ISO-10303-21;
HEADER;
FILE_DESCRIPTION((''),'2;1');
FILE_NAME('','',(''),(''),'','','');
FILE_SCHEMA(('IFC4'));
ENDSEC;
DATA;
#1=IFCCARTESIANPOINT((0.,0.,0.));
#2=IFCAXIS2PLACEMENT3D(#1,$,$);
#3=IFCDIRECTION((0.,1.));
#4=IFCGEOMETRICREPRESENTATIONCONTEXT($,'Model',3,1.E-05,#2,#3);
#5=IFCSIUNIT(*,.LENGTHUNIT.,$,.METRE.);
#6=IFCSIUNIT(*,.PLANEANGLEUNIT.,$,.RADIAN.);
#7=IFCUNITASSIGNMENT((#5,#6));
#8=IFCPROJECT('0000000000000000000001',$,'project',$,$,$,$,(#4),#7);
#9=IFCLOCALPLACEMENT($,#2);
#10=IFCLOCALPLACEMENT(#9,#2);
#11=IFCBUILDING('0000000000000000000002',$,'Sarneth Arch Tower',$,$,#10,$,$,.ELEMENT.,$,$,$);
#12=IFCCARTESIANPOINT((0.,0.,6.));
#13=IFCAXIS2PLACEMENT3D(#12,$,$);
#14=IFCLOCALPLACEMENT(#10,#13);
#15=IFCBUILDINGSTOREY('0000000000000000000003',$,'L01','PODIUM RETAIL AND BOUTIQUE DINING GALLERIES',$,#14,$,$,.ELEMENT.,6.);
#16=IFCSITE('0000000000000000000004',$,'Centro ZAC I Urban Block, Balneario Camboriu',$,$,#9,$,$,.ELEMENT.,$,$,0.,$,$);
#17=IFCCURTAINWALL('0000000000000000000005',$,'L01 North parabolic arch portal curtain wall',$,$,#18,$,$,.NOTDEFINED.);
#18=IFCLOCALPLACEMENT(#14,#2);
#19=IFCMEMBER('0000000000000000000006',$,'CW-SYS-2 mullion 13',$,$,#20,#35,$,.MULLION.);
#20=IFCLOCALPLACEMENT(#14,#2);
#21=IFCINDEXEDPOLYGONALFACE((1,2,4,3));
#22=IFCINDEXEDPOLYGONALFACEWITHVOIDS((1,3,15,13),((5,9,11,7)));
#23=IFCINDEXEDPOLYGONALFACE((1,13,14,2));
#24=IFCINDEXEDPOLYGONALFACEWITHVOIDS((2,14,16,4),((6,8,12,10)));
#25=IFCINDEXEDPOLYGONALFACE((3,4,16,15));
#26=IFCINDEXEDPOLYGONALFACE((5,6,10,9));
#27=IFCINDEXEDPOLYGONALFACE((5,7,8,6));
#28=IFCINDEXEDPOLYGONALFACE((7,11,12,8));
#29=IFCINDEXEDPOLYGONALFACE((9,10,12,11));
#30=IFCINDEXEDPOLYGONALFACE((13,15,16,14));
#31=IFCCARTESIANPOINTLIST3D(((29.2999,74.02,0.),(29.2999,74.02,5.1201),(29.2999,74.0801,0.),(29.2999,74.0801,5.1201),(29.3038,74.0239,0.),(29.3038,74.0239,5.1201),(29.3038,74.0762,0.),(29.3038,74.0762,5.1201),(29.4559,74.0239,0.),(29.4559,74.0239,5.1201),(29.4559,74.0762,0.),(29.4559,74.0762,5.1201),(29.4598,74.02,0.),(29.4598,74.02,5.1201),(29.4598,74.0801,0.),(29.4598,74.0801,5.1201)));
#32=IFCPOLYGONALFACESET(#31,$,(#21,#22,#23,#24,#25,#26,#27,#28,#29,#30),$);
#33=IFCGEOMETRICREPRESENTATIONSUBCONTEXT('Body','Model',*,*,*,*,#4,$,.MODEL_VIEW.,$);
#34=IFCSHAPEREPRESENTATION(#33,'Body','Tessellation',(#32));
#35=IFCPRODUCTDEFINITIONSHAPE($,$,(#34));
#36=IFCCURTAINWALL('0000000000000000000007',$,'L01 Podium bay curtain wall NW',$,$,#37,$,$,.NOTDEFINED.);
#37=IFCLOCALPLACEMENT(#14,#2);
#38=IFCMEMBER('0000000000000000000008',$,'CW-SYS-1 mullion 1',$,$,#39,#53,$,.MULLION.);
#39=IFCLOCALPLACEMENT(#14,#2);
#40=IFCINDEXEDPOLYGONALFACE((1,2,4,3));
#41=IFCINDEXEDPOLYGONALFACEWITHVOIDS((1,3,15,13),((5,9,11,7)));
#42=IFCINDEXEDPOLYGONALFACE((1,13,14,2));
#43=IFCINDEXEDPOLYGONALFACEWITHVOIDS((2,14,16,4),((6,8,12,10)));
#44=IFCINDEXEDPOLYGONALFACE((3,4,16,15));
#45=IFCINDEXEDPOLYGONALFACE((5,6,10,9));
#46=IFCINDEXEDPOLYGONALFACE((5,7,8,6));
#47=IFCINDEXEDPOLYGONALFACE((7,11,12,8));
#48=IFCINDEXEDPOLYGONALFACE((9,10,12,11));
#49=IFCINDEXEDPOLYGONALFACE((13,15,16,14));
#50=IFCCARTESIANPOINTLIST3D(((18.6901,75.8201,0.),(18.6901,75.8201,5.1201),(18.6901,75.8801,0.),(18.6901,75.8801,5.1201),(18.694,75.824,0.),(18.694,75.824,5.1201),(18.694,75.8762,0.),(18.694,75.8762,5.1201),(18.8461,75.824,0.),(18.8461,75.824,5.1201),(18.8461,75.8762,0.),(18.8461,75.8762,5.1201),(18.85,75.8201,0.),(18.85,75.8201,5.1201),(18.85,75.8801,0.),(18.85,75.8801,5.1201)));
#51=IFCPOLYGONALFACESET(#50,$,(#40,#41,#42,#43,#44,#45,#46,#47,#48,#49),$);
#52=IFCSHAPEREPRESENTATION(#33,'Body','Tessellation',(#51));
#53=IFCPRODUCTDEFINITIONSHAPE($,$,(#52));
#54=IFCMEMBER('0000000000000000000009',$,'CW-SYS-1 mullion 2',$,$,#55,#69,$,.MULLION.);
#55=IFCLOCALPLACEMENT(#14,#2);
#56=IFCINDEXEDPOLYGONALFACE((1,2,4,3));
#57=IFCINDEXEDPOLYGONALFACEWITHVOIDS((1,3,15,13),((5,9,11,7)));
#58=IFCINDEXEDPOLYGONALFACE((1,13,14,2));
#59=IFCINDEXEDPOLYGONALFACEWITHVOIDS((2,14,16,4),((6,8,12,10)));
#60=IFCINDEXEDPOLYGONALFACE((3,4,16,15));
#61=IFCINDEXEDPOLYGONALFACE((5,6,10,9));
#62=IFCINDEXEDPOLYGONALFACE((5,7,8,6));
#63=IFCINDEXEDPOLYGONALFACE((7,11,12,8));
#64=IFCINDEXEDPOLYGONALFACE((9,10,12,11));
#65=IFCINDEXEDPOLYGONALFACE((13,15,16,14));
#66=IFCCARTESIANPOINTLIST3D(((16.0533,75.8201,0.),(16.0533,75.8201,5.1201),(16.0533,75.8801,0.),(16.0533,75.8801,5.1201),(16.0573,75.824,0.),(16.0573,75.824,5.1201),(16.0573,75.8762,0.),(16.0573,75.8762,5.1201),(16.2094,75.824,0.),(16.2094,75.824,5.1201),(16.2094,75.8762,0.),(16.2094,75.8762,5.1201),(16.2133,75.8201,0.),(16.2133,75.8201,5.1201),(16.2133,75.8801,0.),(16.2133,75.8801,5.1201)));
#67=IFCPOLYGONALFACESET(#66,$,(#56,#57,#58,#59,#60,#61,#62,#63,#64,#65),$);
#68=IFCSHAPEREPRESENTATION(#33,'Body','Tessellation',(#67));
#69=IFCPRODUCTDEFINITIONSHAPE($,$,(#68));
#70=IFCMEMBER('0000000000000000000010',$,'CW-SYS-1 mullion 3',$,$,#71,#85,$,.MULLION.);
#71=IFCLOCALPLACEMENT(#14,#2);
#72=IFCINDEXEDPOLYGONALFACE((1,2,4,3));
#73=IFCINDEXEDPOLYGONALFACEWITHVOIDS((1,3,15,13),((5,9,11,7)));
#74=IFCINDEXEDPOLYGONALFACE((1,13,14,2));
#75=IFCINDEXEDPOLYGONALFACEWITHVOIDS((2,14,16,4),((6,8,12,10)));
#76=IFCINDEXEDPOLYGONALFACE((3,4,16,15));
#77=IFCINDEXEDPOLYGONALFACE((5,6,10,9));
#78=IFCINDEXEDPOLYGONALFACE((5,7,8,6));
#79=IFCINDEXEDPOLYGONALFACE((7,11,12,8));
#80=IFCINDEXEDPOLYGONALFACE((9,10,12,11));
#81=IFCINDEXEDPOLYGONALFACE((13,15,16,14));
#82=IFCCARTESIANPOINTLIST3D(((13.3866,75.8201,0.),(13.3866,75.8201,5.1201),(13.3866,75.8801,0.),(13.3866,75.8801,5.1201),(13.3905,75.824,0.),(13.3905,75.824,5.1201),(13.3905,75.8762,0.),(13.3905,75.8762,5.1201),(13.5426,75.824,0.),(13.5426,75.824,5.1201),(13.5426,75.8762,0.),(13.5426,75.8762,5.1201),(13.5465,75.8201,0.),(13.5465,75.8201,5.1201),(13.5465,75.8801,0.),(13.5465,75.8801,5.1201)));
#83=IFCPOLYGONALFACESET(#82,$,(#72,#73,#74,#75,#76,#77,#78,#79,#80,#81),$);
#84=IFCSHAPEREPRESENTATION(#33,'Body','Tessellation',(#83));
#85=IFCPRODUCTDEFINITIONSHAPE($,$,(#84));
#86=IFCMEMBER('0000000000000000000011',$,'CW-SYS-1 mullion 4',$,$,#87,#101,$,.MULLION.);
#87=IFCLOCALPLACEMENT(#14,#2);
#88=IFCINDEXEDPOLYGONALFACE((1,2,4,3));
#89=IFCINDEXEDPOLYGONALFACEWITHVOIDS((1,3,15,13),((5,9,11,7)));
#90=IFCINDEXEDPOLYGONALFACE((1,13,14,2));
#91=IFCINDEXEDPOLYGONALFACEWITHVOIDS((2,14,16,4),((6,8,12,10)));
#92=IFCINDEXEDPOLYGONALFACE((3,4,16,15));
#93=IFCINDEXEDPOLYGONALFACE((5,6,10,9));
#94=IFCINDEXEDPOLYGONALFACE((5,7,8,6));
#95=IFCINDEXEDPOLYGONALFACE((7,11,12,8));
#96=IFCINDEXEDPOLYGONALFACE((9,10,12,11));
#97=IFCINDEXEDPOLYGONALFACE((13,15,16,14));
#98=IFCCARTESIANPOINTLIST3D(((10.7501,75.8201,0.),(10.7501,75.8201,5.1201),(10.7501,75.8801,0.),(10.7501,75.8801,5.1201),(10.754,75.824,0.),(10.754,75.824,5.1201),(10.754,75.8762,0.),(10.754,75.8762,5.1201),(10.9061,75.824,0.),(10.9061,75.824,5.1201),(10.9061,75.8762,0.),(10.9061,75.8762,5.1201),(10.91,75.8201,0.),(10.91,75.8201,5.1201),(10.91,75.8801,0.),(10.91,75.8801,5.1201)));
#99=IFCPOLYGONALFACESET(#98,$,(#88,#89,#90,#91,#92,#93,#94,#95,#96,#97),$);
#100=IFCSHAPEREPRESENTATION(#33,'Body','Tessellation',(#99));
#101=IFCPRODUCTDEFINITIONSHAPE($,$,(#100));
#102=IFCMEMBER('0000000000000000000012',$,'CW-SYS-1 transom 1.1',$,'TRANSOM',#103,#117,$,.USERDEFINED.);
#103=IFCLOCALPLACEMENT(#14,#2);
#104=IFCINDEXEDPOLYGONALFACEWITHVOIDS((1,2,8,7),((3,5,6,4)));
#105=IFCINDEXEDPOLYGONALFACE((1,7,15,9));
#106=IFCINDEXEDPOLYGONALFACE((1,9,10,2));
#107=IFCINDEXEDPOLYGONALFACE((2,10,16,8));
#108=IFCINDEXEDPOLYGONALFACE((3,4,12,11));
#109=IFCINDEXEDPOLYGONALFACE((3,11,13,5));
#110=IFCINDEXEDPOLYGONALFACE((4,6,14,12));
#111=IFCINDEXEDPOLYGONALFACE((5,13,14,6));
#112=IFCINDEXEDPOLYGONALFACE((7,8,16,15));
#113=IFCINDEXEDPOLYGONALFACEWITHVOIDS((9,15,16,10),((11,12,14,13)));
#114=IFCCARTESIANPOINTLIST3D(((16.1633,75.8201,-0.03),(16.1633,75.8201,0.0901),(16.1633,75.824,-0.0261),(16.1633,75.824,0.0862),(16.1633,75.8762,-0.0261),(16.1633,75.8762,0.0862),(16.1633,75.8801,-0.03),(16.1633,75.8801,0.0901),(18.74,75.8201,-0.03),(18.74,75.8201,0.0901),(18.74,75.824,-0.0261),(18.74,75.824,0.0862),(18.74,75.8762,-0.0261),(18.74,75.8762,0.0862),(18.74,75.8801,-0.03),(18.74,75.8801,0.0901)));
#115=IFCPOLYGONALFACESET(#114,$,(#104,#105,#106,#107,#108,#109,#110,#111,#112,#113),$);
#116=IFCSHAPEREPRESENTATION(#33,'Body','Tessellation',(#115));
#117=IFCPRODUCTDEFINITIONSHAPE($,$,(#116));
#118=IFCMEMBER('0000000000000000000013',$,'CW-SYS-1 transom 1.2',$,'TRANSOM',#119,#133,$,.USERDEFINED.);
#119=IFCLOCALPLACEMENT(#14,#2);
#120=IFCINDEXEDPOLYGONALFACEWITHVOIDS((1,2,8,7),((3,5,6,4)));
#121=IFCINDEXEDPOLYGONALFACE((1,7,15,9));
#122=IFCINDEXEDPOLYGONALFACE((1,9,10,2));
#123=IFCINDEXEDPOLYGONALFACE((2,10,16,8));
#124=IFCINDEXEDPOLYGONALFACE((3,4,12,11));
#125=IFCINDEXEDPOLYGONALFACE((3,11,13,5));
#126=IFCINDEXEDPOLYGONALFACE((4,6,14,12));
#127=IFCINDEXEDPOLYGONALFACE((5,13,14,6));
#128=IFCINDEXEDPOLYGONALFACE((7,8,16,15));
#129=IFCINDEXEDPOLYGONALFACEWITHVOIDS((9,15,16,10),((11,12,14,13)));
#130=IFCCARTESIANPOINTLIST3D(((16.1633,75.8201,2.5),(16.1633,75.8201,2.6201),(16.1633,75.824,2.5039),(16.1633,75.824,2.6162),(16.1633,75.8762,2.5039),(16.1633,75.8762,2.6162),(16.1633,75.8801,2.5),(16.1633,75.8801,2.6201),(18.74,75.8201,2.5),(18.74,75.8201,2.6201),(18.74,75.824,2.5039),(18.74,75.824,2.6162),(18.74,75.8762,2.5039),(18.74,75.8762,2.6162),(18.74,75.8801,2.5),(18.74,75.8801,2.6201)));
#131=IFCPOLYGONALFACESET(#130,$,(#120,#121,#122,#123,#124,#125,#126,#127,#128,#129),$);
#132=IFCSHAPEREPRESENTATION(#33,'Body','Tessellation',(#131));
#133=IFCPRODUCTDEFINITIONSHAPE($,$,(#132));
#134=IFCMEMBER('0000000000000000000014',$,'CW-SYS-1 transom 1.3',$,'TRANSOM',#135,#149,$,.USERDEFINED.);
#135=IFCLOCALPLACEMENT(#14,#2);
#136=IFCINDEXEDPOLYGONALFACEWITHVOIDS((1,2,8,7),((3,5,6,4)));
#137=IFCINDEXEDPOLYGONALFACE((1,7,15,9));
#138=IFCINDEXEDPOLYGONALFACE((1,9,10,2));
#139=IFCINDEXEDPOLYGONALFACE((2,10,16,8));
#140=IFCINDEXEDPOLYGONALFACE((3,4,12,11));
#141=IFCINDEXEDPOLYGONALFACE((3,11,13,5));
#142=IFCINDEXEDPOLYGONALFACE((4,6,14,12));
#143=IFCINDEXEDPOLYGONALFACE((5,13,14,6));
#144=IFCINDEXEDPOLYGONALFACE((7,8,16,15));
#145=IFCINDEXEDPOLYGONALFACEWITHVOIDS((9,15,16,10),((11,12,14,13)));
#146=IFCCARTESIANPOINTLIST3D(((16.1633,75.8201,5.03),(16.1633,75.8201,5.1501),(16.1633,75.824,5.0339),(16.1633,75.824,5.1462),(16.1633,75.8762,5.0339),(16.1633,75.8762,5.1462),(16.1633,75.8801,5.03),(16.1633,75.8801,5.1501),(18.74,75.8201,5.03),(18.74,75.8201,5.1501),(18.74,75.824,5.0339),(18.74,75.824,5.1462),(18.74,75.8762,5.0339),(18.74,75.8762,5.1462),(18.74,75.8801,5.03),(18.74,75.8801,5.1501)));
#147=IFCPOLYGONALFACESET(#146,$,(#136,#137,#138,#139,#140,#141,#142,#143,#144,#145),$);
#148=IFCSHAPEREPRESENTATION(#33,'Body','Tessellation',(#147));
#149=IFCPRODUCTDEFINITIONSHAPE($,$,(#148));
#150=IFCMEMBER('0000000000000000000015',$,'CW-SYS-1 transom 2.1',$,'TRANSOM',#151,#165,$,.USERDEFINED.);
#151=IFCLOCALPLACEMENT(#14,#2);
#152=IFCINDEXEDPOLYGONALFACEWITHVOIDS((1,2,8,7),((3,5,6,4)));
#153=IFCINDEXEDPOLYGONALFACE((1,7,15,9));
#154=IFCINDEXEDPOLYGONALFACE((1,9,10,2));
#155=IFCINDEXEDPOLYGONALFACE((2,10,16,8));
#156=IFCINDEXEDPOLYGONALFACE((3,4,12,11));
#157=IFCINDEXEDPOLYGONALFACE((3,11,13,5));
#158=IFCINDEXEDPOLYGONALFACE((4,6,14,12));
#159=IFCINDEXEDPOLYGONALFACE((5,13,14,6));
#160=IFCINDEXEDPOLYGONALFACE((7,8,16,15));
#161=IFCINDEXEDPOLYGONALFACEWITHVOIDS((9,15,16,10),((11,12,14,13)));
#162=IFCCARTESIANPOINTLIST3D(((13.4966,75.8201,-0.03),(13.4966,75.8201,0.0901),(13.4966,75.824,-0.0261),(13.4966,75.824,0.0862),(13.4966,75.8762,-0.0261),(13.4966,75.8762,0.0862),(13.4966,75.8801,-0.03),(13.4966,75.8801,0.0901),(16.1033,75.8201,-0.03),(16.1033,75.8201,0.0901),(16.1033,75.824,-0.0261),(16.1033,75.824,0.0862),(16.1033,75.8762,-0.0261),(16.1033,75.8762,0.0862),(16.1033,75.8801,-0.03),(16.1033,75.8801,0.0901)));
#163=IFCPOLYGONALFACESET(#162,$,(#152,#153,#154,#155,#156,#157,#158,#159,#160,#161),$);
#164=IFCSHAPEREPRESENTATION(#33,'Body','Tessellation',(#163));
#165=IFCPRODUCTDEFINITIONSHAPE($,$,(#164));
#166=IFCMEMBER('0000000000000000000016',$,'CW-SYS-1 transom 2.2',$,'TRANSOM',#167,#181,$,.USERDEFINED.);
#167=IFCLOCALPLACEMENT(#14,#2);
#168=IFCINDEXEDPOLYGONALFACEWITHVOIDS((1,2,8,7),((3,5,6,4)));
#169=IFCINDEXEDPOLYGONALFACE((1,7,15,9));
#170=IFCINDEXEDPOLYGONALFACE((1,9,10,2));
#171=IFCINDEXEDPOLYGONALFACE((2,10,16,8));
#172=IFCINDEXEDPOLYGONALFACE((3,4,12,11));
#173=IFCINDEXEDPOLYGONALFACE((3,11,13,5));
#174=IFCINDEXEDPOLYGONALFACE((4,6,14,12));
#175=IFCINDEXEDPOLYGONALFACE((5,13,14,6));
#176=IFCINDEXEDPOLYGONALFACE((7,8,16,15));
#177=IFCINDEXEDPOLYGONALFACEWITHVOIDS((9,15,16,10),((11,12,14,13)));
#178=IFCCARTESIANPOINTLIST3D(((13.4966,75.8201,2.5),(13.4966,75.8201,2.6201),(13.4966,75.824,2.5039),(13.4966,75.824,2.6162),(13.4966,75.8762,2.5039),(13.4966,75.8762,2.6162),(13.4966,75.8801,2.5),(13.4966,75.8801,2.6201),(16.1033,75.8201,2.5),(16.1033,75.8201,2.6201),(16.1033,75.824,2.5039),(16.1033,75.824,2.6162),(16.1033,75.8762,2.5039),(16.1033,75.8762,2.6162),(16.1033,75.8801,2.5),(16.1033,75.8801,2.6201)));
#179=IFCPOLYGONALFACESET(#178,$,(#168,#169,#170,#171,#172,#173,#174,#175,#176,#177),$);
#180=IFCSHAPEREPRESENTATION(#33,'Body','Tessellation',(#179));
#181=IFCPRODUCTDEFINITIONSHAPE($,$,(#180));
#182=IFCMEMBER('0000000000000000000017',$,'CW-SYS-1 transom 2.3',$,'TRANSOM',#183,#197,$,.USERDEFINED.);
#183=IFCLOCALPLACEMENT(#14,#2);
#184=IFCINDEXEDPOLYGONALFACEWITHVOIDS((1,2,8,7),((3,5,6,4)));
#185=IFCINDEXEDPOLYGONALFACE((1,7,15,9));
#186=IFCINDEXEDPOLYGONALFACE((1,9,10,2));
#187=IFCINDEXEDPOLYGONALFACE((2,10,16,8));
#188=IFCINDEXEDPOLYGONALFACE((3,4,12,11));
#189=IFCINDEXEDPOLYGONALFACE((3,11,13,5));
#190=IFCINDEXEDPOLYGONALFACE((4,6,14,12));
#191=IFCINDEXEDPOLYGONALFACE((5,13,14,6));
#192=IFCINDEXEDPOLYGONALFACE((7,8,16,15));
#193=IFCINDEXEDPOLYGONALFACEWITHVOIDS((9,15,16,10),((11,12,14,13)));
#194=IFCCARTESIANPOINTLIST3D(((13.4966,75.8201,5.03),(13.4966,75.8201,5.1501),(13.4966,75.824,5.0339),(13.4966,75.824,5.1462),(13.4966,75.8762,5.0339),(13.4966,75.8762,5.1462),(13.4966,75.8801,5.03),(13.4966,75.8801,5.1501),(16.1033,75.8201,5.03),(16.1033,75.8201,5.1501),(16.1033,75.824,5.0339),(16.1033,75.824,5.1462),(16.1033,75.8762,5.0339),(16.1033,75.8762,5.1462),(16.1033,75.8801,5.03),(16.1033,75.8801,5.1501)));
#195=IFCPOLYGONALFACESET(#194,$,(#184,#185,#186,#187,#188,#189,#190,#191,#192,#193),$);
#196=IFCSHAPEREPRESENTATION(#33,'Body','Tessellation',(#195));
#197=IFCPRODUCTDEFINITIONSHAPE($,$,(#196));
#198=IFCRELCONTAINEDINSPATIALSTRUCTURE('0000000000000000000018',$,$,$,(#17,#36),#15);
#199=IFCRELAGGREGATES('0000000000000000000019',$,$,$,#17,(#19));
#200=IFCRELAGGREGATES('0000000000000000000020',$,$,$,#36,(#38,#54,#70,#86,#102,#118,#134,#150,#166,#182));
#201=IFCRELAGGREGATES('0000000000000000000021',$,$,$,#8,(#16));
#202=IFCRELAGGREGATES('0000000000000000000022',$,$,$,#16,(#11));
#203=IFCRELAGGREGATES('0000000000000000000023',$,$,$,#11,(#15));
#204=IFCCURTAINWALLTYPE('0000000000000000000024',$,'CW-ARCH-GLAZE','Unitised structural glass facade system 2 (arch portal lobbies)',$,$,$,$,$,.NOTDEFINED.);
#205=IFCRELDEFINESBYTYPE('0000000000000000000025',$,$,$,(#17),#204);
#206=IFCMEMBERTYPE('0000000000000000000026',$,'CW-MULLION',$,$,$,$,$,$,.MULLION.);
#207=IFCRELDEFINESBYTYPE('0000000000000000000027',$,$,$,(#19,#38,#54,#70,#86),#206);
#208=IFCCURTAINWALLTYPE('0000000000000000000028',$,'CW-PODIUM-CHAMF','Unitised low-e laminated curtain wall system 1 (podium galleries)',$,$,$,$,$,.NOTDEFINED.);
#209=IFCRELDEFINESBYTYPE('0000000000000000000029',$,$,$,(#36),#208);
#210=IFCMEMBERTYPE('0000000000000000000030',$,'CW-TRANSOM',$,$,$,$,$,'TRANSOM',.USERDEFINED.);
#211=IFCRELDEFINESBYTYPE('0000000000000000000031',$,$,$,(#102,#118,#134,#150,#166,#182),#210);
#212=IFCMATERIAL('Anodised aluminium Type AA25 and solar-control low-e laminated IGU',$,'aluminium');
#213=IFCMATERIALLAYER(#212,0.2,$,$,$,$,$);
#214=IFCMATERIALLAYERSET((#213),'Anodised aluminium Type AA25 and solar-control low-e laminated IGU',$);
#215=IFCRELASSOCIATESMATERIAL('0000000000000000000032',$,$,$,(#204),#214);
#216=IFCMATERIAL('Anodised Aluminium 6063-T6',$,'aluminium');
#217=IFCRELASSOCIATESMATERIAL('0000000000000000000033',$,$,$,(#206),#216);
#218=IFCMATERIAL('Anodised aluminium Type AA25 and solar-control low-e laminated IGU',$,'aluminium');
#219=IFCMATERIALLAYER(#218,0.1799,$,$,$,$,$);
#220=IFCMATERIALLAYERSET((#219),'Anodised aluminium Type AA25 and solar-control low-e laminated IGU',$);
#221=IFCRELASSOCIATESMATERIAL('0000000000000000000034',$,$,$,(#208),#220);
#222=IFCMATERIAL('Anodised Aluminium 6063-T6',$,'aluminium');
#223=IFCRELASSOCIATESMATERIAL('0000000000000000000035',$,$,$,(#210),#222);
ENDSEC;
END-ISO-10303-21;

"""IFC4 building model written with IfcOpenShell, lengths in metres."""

from ifc_helpers import new_model, si_unit, direction, frame, origin, origin_2d, place, context, subcontext, project, spatial, hollow_rectangle, extrude, material, layer, layer_set, material_profile, profile_set, type_object, element, aggregate, save


model = new_model("IFC4")

# Units and contexts
model_context = context("Model", 3, precision=1e-05, world=origin(), true_north=direction((0.0, 1.0)))
body_context = subcontext(model_context, "Body", "Model", "MODEL_VIEW")
ifc_project = project(units=[si_unit("LENGTHUNIT", "METRE"), si_unit("PLANEANGLEUNIT", "RADIAN")], contexts=[model_context])

# Site, building, storey
site_placement = place(None, origin())
site = spatial("IfcSite", under=ifc_project, at=site_placement, Name="Centro ZAC I Urban Block, Balneario Camboriu", CompositionType="ELEMENT", RefElevation=0.0)
building_placement = place(site_placement, origin())
building = spatial("IfcBuilding", under=site, at=building_placement, Name="Sarneth Arch Tower", CompositionType="ELEMENT")
storey_placement = place(building_placement, frame((0.0, 0.0, 6.0)))
storey = spatial("IfcBuildingStorey", under=building, at=storey_placement, Name="L01", Description="PODIUM RETAIL AND BOUTIQUE DINING GALLERIES", CompositionType="ELEMENT", Elevation=6.0)

# Curtain wall, member
ifc_material_1 = material(Name="Anodised aluminium Type AA25 and solar-control low-e laminated IGU", Category="aluminium")
ifc_layer_1 = layer(ifc_material_1, 0.2)
ifc_layer_set_1 = layer_set([ifc_layer_1], Name="Anodised aluminium Type AA25 and solar-control low-e laminated IGU")
curtain_wall_type_1 = type_object("IfcCurtainWallType", Name="CW-ARCH-GLAZE", Description="Unitised structural glass facade system 2 (arch portal lobbies)", PredefinedType="NOTDEFINED", material=ifc_layer_set_1)
curtain_wall_1_placement = place(storey_placement, origin())
curtain_wall_1 = element("IfcCurtainWall", 1, at=curtain_wall_1_placement, inside=storey, type_object=curtain_wall_type_1, Name="L01 North parabolic arch portal curtain wall", PredefinedType="NOTDEFINED")
ifc_material_2 = material(Name="Anodised Aluminium 6063-T6", Category="aluminium")
ifc_material_profile_1 = material_profile(ifc_material_2, hollow_rectangle(XDim=0.0601, YDim=0.1599, WallThickness=0.0039, at=origin_2d()), Name="AL-MULL-160x60x4")
ifc_profile_set_1 = profile_set([ifc_material_profile_1], Name="Anodised Aluminium 6063-T6")
member_type_1 = type_object("IfcMemberType", Name="CW-MULLION", PredefinedType="MULLION", material=ifc_profile_set_1)
member_1_placement = place(storey_placement, frame((29.3799, 74.05, 0.0), z_axis=(0.0, 0.0, 1.0), x_axis=(0.0, -1.0, 0.0)))
member_1 = element("IfcMember", 2, at=member_1_placement, type_object=member_type_1, Name="CW-SYS-2 mullion 13", PredefinedType="MULLION", context=body_context, shape_type="SweptSolid", body=[
    extrude(hollow_rectangle(XDim=0.0601, YDim=0.1599, WallThickness=0.0039, at=origin_2d()), origin(), (0.0, 0.0, 1.0), 5.1201),
])
aggregate(curtain_wall_1, [member_1])

# Curtain wall, members
ifc_material_3 = material(Name="Anodised aluminium Type AA25 and solar-control low-e laminated IGU", Category="aluminium")
ifc_layer_2 = layer(ifc_material_3, 0.1799)
ifc_layer_set_2 = layer_set([ifc_layer_2], Name="Anodised aluminium Type AA25 and solar-control low-e laminated IGU")
curtain_wall_type_2 = type_object("IfcCurtainWallType", Name="CW-PODIUM-CHAMF", Description="Unitised low-e laminated curtain wall system 1 (podium galleries)", PredefinedType="NOTDEFINED", material=ifc_layer_set_2)
curtain_wall_2_placement = place(storey_placement, origin())
curtain_wall_2 = element("IfcCurtainWall", 3, at=curtain_wall_2_placement, inside=storey, type_object=curtain_wall_type_2, Name="L01 Podium bay curtain wall NW", PredefinedType="NOTDEFINED")
member_2_placement = place(storey_placement, frame((18.77, 75.8501, 0.0), z_axis=(0.0, 0.0, 1.0), x_axis=(0.0, -1.0, 0.0)))
member_2 = element("IfcMember", 4, at=member_2_placement, type_object=member_type_1, Name="CW-SYS-1 mullion 1", PredefinedType="MULLION", context=body_context, shape_type="SweptSolid", body=[
    extrude(hollow_rectangle(XDim=0.0601, YDim=0.1599, WallThickness=0.0039, at=origin_2d()), origin(), (0.0, 0.0, 1.0), 5.1201),
])
member_3_placement = place(storey_placement, frame((16.1333, 75.8501, 0.0), z_axis=(0.0, 0.0, 1.0), x_axis=(0.0, -1.0, 0.0)))
member_3 = element("IfcMember", 5, at=member_3_placement, type_object=member_type_1, Name="CW-SYS-1 mullion 2", PredefinedType="MULLION", context=body_context, shape_type="SweptSolid", body=[
    extrude(hollow_rectangle(XDim=0.0601, YDim=0.1599, WallThickness=0.0039, at=origin_2d()), origin(), (0.0, 0.0, 1.0), 5.1201),
])
member_4_placement = place(storey_placement, frame((13.4666, 75.8501, 0.0), z_axis=(0.0, 0.0, 1.0), x_axis=(0.0, -1.0, 0.0)))
member_4 = element("IfcMember", 6, at=member_4_placement, type_object=member_type_1, Name="CW-SYS-1 mullion 3", PredefinedType="MULLION", context=body_context, shape_type="SweptSolid", body=[
    extrude(hollow_rectangle(XDim=0.0601, YDim=0.1599, WallThickness=0.0039, at=origin_2d()), origin(), (0.0, 0.0, 1.0), 5.1201),
])
member_5_placement = place(storey_placement, frame((10.8301, 75.8501, 0.0), z_axis=(0.0, 0.0, 1.0), x_axis=(0.0, -1.0, 0.0)))
member_5 = element("IfcMember", 7, at=member_5_placement, type_object=member_type_1, Name="CW-SYS-1 mullion 4", PredefinedType="MULLION", context=body_context, shape_type="SweptSolid", body=[
    extrude(hollow_rectangle(XDim=0.0601, YDim=0.1599, WallThickness=0.0039, at=origin_2d()), origin(), (0.0, 0.0, 1.0), 5.1201),
])
ifc_material_4 = material(Name="Anodised Aluminium 6063-T6", Category="aluminium")
ifc_material_profile_2 = material_profile(ifc_material_4, hollow_rectangle(XDim=0.0601, YDim=0.1201, WallThickness=0.0039, at=origin_2d()), Name="AL-TRAN-120x60x4")
ifc_profile_set_2 = profile_set([ifc_material_profile_2], Name="Anodised Aluminium 6063-T6")
member_type_2 = type_object("IfcMemberType", Name="CW-TRANSOM", ElementType="TRANSOM", PredefinedType="USERDEFINED", material=ifc_profile_set_2)
member_6_placement = place(storey_placement, frame((18.74, 75.8501, 0.03), z_axis=(-1.0, 0.0, 0.0), x_axis=(0.0, -1.0, 0.0)))
member_6 = element("IfcMember", 8, at=member_6_placement, type_object=member_type_2, Name="CW-SYS-1 transom 1.1", ObjectType="TRANSOM", PredefinedType="USERDEFINED", context=body_context, shape_type="SweptSolid", body=[
    extrude(hollow_rectangle(XDim=0.0601, YDim=0.1201, WallThickness=0.0039, at=origin_2d()), origin(), (0.0, 0.0, 1.0), 2.5767),
])
member_7_placement = place(storey_placement, frame((18.74, 75.8501, 2.5601), z_axis=(-1.0, 0.0, 0.0), x_axis=(0.0, -1.0, 0.0)))
member_7 = element("IfcMember", 9, at=member_7_placement, type_object=member_type_2, Name="CW-SYS-1 transom 1.2", ObjectType="TRANSOM", PredefinedType="USERDEFINED", context=body_context, shape_type="SweptSolid", body=[
    extrude(hollow_rectangle(XDim=0.0601, YDim=0.1201, WallThickness=0.0039, at=origin_2d()), origin(), (0.0, 0.0, 1.0), 2.5767),
])
member_8_placement = place(storey_placement, frame((18.74, 75.8501, 5.0901), z_axis=(-1.0, 0.0, 0.0), x_axis=(0.0, -1.0, 0.0)))
member_8 = element("IfcMember", 10, at=member_8_placement, type_object=member_type_2, Name="CW-SYS-1 transom 1.3", ObjectType="TRANSOM", PredefinedType="USERDEFINED", context=body_context, shape_type="SweptSolid", body=[
    extrude(hollow_rectangle(XDim=0.0601, YDim=0.1201, WallThickness=0.0039, at=origin_2d()), origin(), (0.0, 0.0, 1.0), 2.5767),
])
member_9_placement = place(storey_placement, frame((16.1033, 75.8501, 0.03), z_axis=(-1.0, 0.0, 0.0), x_axis=(0.0, -1.0, 0.0)))
member_9 = element("IfcMember", 11, at=member_9_placement, type_object=member_type_2, Name="CW-SYS-1 transom 2.1", ObjectType="TRANSOM", PredefinedType="USERDEFINED", context=body_context, shape_type="SweptSolid", body=[
    extrude(hollow_rectangle(XDim=0.0601, YDim=0.1201, WallThickness=0.0039, at=origin_2d()), origin(), (0.0, 0.0, 1.0), 2.6067),
])
member_10_placement = place(storey_placement, frame((16.1033, 75.8501, 2.5601), z_axis=(-1.0, 0.0, 0.0), x_axis=(0.0, -1.0, 0.0)))
member_10 = element("IfcMember", 12, at=member_10_placement, type_object=member_type_2, Name="CW-SYS-1 transom 2.2", ObjectType="TRANSOM", PredefinedType="USERDEFINED", context=body_context, shape_type="SweptSolid", body=[
    extrude(hollow_rectangle(XDim=0.0601, YDim=0.1201, WallThickness=0.0039, at=origin_2d()), origin(), (0.0, 0.0, 1.0), 2.6067),
])
member_11_placement = place(storey_placement, frame((16.1033, 75.8501, 5.0901), z_axis=(-1.0, 0.0, 0.0), x_axis=(0.0, -1.0, 0.0)))
member_11 = element("IfcMember", 13, at=member_11_placement, type_object=member_type_2, Name="CW-SYS-1 transom 2.3", ObjectType="TRANSOM", PredefinedType="USERDEFINED", context=body_context, shape_type="SweptSolid", body=[
    extrude(hollow_rectangle(XDim=0.0601, YDim=0.1201, WallThickness=0.0039, at=origin_2d()), origin(), (0.0, 0.0, 1.0), 2.6067),
])
aggregate(curtain_wall_2, [member_2, member_3, member_4, member_5, member_6, member_7, member_8, member_9, member_10, member_11])

save(model, "model.ifc")
